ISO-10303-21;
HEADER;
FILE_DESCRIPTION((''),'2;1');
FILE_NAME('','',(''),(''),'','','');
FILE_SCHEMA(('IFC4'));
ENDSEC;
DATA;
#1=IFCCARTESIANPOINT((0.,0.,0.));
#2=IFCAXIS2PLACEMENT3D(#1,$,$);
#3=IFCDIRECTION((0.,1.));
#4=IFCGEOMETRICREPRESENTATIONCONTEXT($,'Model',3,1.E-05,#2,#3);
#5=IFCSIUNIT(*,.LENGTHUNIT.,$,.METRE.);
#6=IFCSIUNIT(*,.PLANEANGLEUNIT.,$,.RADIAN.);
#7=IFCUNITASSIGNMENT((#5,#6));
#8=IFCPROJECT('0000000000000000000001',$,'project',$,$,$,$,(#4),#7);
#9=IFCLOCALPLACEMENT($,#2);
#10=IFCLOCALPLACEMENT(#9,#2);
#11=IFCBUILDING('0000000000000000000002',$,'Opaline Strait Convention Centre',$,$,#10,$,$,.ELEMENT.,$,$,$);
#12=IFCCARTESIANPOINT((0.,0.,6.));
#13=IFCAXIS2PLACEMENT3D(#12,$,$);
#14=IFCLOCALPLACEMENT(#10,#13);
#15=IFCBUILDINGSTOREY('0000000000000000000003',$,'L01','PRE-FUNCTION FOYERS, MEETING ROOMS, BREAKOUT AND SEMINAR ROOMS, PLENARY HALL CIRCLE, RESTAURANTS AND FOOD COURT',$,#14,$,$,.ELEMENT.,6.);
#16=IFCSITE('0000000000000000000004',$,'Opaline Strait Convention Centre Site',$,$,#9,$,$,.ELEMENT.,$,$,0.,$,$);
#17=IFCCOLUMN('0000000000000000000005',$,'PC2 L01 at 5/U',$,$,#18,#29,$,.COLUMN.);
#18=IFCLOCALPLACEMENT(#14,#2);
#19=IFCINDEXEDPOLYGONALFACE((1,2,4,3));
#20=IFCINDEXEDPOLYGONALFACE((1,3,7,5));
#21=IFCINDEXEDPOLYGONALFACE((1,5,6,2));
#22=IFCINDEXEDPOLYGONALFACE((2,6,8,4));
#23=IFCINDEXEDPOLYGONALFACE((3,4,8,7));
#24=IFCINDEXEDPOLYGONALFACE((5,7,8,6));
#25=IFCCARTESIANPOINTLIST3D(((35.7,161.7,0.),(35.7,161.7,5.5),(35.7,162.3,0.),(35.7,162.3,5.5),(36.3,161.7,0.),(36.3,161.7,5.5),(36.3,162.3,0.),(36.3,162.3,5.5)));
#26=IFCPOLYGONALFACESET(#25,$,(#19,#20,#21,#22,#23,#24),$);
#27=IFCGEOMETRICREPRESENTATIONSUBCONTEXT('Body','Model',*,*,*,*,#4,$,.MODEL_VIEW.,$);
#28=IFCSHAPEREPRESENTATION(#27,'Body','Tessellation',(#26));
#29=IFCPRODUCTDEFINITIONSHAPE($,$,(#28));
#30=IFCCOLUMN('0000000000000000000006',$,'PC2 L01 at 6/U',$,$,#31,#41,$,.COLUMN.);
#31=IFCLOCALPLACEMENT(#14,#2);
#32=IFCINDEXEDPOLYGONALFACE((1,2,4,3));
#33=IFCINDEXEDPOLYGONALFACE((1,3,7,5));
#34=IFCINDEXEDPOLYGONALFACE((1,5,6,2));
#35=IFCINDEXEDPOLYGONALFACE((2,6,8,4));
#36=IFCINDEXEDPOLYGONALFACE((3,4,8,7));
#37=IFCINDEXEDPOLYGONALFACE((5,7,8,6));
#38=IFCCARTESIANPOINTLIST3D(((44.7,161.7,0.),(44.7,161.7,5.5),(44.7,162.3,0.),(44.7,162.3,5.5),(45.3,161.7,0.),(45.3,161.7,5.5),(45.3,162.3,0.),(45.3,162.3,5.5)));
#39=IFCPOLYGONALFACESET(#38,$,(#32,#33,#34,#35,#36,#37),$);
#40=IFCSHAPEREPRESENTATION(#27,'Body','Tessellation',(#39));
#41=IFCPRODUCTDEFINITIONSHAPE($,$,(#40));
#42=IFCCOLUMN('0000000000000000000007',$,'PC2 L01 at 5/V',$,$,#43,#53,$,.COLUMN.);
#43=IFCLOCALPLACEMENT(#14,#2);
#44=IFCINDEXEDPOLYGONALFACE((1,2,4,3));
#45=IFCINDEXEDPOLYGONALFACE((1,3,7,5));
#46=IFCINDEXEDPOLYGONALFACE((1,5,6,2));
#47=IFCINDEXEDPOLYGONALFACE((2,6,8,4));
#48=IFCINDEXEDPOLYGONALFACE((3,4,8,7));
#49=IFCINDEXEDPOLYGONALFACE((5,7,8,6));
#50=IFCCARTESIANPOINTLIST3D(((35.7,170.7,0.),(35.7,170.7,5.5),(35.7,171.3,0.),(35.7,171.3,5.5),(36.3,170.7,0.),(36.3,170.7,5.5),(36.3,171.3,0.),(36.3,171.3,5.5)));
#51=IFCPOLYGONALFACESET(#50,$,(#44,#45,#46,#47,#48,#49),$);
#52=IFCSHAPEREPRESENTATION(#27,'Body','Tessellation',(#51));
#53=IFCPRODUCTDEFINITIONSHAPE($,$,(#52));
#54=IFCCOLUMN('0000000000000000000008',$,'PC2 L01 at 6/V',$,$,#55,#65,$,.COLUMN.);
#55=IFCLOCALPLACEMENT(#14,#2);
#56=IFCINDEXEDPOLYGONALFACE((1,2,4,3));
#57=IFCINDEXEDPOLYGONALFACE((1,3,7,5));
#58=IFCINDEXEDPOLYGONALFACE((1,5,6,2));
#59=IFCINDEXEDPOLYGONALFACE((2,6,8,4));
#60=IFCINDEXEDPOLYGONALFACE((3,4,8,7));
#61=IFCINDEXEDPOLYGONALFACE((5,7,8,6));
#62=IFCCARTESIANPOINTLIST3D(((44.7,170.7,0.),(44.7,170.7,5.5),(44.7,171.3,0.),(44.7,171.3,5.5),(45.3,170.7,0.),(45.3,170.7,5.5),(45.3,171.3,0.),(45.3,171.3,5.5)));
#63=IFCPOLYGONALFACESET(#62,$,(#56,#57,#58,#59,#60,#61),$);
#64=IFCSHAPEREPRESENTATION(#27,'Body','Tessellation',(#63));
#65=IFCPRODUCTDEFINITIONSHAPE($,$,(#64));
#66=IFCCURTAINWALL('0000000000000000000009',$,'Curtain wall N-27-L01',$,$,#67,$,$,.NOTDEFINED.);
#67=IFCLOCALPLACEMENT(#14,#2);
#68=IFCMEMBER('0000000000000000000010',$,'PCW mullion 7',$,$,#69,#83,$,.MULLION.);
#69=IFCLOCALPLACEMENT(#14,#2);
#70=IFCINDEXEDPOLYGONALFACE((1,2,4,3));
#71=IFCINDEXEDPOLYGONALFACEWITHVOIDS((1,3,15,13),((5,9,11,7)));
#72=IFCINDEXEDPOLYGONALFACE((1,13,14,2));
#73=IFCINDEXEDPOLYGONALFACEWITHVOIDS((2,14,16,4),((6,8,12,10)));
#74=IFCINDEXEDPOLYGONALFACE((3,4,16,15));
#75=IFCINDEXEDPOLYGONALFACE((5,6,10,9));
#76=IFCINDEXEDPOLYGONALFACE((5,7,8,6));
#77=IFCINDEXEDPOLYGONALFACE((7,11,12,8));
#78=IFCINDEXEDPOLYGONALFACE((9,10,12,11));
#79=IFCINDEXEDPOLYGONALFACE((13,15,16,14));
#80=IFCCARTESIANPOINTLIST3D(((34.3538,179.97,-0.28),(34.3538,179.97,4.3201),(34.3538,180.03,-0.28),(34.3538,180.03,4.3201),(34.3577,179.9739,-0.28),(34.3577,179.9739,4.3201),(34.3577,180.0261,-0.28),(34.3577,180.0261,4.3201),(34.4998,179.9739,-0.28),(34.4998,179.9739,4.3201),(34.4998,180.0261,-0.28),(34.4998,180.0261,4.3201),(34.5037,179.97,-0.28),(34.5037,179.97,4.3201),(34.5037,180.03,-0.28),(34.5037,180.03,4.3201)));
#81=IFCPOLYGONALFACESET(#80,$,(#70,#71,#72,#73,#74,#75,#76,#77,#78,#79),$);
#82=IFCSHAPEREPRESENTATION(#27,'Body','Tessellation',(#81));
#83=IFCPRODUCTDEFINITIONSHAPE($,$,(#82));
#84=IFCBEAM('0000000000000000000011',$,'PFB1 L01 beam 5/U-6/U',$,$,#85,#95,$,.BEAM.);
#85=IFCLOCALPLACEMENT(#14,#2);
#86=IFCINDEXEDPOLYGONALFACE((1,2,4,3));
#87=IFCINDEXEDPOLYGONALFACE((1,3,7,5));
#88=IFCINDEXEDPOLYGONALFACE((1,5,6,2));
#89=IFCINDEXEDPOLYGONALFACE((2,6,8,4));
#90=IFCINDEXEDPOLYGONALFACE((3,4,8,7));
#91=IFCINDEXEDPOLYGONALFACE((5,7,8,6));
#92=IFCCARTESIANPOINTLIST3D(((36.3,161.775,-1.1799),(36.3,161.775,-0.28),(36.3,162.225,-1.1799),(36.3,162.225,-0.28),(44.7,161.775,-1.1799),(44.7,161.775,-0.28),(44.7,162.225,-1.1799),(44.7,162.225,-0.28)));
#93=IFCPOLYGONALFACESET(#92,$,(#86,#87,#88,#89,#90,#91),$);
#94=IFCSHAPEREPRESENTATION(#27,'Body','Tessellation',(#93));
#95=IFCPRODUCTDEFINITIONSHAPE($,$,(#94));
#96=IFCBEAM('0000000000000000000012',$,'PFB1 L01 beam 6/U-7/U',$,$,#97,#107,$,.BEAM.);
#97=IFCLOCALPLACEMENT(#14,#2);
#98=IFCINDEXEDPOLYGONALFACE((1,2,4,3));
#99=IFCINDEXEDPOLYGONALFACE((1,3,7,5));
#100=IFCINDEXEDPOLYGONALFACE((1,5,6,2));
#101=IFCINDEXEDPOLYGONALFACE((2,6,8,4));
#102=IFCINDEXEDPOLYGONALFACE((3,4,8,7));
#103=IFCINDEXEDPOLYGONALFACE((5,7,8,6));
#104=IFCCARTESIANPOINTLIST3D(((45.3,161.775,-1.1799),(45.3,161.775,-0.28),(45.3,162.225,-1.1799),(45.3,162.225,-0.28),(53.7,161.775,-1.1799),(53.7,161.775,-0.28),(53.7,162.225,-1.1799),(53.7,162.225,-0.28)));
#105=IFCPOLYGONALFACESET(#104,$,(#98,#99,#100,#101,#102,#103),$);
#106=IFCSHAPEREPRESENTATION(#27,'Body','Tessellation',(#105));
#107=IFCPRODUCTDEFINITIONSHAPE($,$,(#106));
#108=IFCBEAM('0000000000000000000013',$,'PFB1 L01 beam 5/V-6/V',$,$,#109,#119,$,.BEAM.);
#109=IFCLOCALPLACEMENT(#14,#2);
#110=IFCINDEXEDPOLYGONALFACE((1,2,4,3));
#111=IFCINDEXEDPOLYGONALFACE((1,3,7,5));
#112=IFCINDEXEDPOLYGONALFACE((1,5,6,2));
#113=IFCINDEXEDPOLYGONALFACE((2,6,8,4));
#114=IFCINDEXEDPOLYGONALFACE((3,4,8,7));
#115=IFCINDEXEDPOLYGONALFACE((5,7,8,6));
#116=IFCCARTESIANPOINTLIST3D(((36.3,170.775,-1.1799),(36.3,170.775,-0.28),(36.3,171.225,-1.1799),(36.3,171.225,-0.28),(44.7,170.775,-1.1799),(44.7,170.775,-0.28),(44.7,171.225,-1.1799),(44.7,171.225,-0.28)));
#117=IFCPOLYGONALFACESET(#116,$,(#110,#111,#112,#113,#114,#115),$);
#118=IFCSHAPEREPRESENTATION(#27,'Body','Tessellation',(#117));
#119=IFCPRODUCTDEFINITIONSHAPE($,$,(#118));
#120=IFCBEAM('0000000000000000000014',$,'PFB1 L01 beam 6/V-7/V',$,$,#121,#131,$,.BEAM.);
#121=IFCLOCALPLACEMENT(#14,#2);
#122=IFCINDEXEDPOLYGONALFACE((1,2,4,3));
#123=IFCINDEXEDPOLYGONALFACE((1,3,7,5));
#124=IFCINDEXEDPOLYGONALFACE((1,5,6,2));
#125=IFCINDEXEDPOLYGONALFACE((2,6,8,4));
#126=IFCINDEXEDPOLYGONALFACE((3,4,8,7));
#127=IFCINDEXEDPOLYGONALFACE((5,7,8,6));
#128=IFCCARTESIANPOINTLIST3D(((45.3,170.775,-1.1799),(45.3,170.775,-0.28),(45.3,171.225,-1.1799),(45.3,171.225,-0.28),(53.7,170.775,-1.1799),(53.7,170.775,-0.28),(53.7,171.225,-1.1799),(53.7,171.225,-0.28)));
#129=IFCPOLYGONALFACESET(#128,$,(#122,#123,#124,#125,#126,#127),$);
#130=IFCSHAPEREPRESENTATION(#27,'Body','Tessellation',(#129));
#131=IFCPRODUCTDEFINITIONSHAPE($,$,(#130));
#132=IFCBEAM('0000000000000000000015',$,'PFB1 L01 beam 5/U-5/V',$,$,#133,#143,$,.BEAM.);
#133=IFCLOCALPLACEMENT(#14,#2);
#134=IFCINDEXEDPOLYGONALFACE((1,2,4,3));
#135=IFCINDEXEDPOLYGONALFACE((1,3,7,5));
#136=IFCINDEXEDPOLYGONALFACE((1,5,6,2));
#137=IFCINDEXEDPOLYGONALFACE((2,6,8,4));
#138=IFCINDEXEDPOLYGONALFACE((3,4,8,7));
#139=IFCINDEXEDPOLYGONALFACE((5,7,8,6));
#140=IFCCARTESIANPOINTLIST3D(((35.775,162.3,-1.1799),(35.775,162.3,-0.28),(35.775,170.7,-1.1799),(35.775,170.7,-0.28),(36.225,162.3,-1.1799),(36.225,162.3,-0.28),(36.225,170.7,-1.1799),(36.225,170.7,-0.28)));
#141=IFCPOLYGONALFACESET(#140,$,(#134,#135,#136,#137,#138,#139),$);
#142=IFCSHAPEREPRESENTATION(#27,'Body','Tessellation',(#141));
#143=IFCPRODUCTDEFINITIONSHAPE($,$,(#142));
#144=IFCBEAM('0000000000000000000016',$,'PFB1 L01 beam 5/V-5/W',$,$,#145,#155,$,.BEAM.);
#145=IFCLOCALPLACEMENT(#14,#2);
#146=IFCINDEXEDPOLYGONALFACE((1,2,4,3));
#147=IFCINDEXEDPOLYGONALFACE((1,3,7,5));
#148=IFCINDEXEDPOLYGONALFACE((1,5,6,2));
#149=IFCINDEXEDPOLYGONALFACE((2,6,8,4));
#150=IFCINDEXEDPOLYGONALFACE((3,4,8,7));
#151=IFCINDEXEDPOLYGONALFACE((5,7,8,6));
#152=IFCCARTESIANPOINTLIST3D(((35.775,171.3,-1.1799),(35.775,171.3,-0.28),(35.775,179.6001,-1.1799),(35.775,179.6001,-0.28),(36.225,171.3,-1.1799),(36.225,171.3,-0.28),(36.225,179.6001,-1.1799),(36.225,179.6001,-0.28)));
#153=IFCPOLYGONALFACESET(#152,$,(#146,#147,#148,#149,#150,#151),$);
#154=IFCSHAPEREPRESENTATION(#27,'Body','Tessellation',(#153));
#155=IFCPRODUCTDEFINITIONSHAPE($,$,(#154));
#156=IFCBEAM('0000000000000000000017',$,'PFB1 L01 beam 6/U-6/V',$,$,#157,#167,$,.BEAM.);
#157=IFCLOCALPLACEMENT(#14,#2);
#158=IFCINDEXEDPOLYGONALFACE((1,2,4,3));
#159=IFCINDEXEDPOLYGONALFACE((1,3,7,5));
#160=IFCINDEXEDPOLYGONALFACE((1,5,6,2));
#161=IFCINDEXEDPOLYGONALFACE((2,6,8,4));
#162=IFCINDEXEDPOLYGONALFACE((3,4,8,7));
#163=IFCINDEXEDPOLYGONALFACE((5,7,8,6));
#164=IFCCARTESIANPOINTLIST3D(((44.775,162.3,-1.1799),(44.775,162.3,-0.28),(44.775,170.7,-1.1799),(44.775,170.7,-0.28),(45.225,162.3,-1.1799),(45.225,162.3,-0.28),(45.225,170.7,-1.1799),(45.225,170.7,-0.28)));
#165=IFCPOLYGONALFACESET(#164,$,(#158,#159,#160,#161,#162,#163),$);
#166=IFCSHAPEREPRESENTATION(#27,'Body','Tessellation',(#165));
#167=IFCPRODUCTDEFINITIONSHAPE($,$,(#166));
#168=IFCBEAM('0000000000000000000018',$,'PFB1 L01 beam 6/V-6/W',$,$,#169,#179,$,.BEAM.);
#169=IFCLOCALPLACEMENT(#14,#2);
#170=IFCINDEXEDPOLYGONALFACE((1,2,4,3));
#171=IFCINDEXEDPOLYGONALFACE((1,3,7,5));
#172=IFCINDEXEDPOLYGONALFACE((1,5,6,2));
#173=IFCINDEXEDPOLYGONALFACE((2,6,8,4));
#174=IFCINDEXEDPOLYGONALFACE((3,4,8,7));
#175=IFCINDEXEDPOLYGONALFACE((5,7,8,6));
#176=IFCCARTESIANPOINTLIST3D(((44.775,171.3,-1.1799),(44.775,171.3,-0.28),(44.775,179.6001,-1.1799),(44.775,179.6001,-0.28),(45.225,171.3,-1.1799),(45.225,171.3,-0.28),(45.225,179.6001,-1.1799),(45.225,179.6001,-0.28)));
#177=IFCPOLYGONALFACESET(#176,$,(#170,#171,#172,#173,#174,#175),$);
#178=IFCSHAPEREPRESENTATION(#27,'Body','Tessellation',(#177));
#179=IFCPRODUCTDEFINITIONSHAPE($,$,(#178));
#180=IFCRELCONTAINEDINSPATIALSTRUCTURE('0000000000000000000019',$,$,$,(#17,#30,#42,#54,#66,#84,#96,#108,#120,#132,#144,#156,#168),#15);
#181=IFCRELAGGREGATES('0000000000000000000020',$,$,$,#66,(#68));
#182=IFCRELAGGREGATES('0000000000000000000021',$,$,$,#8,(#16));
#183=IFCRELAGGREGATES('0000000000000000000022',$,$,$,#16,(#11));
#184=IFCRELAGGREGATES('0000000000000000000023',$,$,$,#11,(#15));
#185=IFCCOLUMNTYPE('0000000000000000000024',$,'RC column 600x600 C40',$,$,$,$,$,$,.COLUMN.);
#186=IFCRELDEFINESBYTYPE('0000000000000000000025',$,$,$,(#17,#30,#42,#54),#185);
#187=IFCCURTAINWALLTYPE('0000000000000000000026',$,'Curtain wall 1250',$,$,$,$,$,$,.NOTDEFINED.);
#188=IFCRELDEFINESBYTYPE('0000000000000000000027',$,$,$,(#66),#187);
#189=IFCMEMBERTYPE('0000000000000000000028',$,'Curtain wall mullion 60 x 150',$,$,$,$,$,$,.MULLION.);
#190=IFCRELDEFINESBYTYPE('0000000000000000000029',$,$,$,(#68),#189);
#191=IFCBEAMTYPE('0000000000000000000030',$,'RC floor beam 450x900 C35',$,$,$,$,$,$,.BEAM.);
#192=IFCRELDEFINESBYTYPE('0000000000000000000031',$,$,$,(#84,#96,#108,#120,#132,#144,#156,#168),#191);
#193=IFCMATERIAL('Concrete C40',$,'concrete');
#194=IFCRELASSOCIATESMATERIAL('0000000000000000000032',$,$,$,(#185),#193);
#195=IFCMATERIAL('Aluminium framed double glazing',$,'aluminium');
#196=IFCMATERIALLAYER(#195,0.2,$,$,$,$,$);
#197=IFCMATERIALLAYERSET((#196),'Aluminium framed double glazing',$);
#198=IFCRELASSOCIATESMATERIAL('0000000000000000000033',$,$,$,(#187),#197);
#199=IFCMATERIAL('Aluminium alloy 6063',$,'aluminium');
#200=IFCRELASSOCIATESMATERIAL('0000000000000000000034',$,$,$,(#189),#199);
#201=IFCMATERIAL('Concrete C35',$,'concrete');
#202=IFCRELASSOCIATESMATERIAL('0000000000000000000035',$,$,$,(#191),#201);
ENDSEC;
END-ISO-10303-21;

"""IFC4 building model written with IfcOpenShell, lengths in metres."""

from ifc_helpers import new_model, si_unit, direction, frame, origin, origin_2d, place, context, subcontext, project, spatial, rectangle, hollow_rectangle, extrude, material, layer, layer_set, material_profile, profile_set, type_object, element, aggregate, save


model = new_model("IFC4")

# Units and contexts
model_context = context("Model", 3, precision=1e-05, world=origin(), true_north=direction((0.0, 1.0)))
body_context = subcontext(model_context, "Body", "Model", "MODEL_VIEW")
ifc_project = project(units=[si_unit("LENGTHUNIT", "METRE"), si_unit("PLANEANGLEUNIT", "RADIAN")], contexts=[model_context])

# Site, building, storey
site_placement = place(None, origin())
site = spatial("IfcSite", under=ifc_project, at=site_placement, Name="Opaline Strait Convention Centre Site", CompositionType="ELEMENT", RefElevation=0.0)
building_placement = place(site_placement, origin())
building = spatial("IfcBuilding", under=site, at=building_placement, Name="Opaline Strait Convention Centre", CompositionType="ELEMENT")
storey_placement = place(building_placement, frame((0.0, 0.0, 6.0)))
storey = spatial("IfcBuildingStorey", under=building, at=storey_placement, Name="L01", Description="PRE-FUNCTION FOYERS, MEETING ROOMS, BREAKOUT AND SEMINAR ROOMS, PLENARY HALL CIRCLE, RESTAURANTS AND FOOD COURT", CompositionType="ELEMENT", Elevation=6.0)

# Columns
ifc_material_1 = material(Name="Concrete C40", Category="concrete")
ifc_material_profile_1 = material_profile(ifc_material_1, rectangle(XDim=0.6001, YDim=0.6001, at=origin_2d()), Name="RC 600x600")
ifc_profile_set_1 = profile_set([ifc_material_profile_1], Name="Concrete C40")
column_type = type_object("IfcColumnType", Name="RC column 600x600 C40", PredefinedType="COLUMN", material=ifc_profile_set_1)
for number, where, z_axis, x_axis, name in (
    (1, (36.0, 162.0, 0.0), (0.0, 0.0, 1.0), (1.0, 0.0, 0.0), "PC2 L01 at 5/U"),
    (2, (45.0, 162.0, 0.0), (0.0, 0.0, 1.0), (1.0, 0.0, 0.0), "PC2 L01 at 6/U"),
    (3, (36.0, 171.0, 0.0), (0.0, 0.0, 1.0), (1.0, 0.0, 0.0), "PC2 L01 at 5/V"),
    (4, (45.0, 171.0, 0.0), (0.0, 0.0, 1.0), (1.0, 0.0, 0.0), "PC2 L01 at 6/V"),
):
    element("IfcColumn", number, at=place(storey_placement, frame(where, z_axis=z_axis, x_axis=x_axis)), inside=storey, type_object=column_type, Name=name, PredefinedType="COLUMN", context=body_context, shape_type="SweptSolid", body=[
        extrude(rectangle(XDim=0.6001, YDim=0.6001, at=origin_2d()), origin(), (0.0, 0.0, 1.0), 5.5),
    ])

# Curtain wall, member
ifc_material_2 = material(Name="Aluminium framed double glazing", Category="aluminium")
ifc_layer = layer(ifc_material_2, 0.2)
ifc_layer_set = layer_set([ifc_layer], Name="Aluminium framed double glazing")
curtain_wall_type = type_object("IfcCurtainWallType", Name="Curtain wall 1250", PredefinedType="NOTDEFINED", material=ifc_layer_set)
curtain_wall_placement = place(storey_placement, origin())
curtain_wall = element("IfcCurtainWall", 5, at=curtain_wall_placement, inside=storey, type_object=curtain_wall_type, Name="Curtain wall N-27-L01", PredefinedType="NOTDEFINED")
ifc_material_3 = material(Name="Aluminium alloy 6063", Category="aluminium")
ifc_material_profile_2 = material_profile(ifc_material_3, hollow_rectangle(XDim=0.0601, YDim=0.1499, WallThickness=0.0039, at=origin_2d()), Name="MULLION 60x150x4")
ifc_profile_set_2 = profile_set([ifc_material_profile_2], Name="Aluminium alloy 6063")
member_type = type_object("IfcMemberType", Name="Curtain wall mullion 60 x 150", PredefinedType="MULLION", material=ifc_profile_set_2)
member_placement = place(storey_placement, frame((34.4287, 180.0, -0.28), z_axis=(0.0, 0.0, 1.0), x_axis=(0.0, 1.0, 0.0)))
member = element("IfcMember", 6, at=member_placement, type_object=member_type, Name="PCW mullion 7", PredefinedType="MULLION", context=body_context, shape_type="SweptSolid", body=[
    extrude(hollow_rectangle(XDim=0.0601, YDim=0.1499, WallThickness=0.0039, at=origin_2d()), origin(), (0.0, 0.0, 1.0), 4.6001),
])
aggregate(curtain_wall, [member])

# Beams
ifc_material_4 = material(Name="Concrete C35", Category="concrete")
ifc_material_profile_3 = material_profile(ifc_material_4, rectangle(XDim=0.45, YDim=0.8999, at=origin_2d()), Name="RC 450x900")
ifc_profile_set_3 = profile_set([ifc_material_profile_3], Name="Concrete C35")
beam_type = type_object("IfcBeamType", Name="RC floor beam 450x900 C35", PredefinedType="BEAM", material=ifc_profile_set_3)
for number, where, z_axis, x_axis, name in (
    (7, (36.3, 162.0, -0.73), (1.0, 0.0, 0.0), (0.0, 1.0, 0.0), "PFB1 L01 beam 5/U-6/U"),
    (8, (45.3, 162.0, -0.73), (1.0, 0.0, 0.0), (0.0, 1.0, 0.0), "PFB1 L01 beam 6/U-7/U"),
    (9, (36.3, 171.0, -0.73), (1.0, 0.0, 0.0), (0.0, 1.0, 0.0), "PFB1 L01 beam 5/V-6/V"),
    (10, (45.3, 171.0, -0.73), (1.0, 0.0, 0.0), (0.0, 1.0, 0.0), "PFB1 L01 beam 6/V-7/V"),
    (11, (36.0, 162.3, -0.73), (0.0, 1.0, 0.0), (-1.0, 0.0, 0.0), "PFB1 L01 beam 5/U-5/V"),
):
    element("IfcBeam", number, at=place(storey_placement, frame(where, z_axis=z_axis, x_axis=x_axis)), inside=storey, type_object=beam_type, Name=name, PredefinedType="BEAM", context=body_context, shape_type="SweptSolid", body=[
        extrude(rectangle(XDim=0.45, YDim=0.8999, at=origin_2d()), origin(), (0.0, 0.0, 1.0), 8.3999),
    ])
beam_1_placement = place(storey_placement, frame((36.0, 171.3, -0.73), z_axis=(0.0, 1.0, 0.0), x_axis=(-1.0, 0.0, 0.0)))
element("IfcBeam", 12, at=beam_1_placement, inside=storey, type_object=beam_type, Name="PFB1 L01 beam 5/V-5/W", PredefinedType="BEAM", context=body_context, shape_type="SweptSolid", body=[
    extrude(rectangle(XDim=0.45, YDim=0.8999, at=origin_2d()), origin(), (0.0, 0.0, 1.0), 8.3),
])
beam_2_placement = place(storey_placement, frame((45.0, 162.3, -0.73), z_axis=(0.0, 1.0, 0.0), x_axis=(-1.0, 0.0, 0.0)))
element("IfcBeam", 13, at=beam_2_placement, inside=storey, type_object=beam_type, Name="PFB1 L01 beam 6/U-6/V", PredefinedType="BEAM", context=body_context, shape_type="SweptSolid", body=[
    extrude(rectangle(XDim=0.45, YDim=0.8999, at=origin_2d()), origin(), (0.0, 0.0, 1.0), 8.3999),
])
beam_3_placement = place(storey_placement, frame((45.0, 171.3, -0.73), z_axis=(0.0, 1.0, 0.0), x_axis=(-1.0, 0.0, 0.0)))
element("IfcBeam", 14, at=beam_3_placement, inside=storey, type_object=beam_type, Name="PFB1 L01 beam 6/V-6/W", PredefinedType="BEAM", context=body_context, shape_type="SweptSolid", body=[
    extrude(rectangle(XDim=0.45, YDim=0.8999, at=origin_2d()), origin(), (0.0, 0.0, 1.0), 8.3),
])

save(model, "model.ifc")
